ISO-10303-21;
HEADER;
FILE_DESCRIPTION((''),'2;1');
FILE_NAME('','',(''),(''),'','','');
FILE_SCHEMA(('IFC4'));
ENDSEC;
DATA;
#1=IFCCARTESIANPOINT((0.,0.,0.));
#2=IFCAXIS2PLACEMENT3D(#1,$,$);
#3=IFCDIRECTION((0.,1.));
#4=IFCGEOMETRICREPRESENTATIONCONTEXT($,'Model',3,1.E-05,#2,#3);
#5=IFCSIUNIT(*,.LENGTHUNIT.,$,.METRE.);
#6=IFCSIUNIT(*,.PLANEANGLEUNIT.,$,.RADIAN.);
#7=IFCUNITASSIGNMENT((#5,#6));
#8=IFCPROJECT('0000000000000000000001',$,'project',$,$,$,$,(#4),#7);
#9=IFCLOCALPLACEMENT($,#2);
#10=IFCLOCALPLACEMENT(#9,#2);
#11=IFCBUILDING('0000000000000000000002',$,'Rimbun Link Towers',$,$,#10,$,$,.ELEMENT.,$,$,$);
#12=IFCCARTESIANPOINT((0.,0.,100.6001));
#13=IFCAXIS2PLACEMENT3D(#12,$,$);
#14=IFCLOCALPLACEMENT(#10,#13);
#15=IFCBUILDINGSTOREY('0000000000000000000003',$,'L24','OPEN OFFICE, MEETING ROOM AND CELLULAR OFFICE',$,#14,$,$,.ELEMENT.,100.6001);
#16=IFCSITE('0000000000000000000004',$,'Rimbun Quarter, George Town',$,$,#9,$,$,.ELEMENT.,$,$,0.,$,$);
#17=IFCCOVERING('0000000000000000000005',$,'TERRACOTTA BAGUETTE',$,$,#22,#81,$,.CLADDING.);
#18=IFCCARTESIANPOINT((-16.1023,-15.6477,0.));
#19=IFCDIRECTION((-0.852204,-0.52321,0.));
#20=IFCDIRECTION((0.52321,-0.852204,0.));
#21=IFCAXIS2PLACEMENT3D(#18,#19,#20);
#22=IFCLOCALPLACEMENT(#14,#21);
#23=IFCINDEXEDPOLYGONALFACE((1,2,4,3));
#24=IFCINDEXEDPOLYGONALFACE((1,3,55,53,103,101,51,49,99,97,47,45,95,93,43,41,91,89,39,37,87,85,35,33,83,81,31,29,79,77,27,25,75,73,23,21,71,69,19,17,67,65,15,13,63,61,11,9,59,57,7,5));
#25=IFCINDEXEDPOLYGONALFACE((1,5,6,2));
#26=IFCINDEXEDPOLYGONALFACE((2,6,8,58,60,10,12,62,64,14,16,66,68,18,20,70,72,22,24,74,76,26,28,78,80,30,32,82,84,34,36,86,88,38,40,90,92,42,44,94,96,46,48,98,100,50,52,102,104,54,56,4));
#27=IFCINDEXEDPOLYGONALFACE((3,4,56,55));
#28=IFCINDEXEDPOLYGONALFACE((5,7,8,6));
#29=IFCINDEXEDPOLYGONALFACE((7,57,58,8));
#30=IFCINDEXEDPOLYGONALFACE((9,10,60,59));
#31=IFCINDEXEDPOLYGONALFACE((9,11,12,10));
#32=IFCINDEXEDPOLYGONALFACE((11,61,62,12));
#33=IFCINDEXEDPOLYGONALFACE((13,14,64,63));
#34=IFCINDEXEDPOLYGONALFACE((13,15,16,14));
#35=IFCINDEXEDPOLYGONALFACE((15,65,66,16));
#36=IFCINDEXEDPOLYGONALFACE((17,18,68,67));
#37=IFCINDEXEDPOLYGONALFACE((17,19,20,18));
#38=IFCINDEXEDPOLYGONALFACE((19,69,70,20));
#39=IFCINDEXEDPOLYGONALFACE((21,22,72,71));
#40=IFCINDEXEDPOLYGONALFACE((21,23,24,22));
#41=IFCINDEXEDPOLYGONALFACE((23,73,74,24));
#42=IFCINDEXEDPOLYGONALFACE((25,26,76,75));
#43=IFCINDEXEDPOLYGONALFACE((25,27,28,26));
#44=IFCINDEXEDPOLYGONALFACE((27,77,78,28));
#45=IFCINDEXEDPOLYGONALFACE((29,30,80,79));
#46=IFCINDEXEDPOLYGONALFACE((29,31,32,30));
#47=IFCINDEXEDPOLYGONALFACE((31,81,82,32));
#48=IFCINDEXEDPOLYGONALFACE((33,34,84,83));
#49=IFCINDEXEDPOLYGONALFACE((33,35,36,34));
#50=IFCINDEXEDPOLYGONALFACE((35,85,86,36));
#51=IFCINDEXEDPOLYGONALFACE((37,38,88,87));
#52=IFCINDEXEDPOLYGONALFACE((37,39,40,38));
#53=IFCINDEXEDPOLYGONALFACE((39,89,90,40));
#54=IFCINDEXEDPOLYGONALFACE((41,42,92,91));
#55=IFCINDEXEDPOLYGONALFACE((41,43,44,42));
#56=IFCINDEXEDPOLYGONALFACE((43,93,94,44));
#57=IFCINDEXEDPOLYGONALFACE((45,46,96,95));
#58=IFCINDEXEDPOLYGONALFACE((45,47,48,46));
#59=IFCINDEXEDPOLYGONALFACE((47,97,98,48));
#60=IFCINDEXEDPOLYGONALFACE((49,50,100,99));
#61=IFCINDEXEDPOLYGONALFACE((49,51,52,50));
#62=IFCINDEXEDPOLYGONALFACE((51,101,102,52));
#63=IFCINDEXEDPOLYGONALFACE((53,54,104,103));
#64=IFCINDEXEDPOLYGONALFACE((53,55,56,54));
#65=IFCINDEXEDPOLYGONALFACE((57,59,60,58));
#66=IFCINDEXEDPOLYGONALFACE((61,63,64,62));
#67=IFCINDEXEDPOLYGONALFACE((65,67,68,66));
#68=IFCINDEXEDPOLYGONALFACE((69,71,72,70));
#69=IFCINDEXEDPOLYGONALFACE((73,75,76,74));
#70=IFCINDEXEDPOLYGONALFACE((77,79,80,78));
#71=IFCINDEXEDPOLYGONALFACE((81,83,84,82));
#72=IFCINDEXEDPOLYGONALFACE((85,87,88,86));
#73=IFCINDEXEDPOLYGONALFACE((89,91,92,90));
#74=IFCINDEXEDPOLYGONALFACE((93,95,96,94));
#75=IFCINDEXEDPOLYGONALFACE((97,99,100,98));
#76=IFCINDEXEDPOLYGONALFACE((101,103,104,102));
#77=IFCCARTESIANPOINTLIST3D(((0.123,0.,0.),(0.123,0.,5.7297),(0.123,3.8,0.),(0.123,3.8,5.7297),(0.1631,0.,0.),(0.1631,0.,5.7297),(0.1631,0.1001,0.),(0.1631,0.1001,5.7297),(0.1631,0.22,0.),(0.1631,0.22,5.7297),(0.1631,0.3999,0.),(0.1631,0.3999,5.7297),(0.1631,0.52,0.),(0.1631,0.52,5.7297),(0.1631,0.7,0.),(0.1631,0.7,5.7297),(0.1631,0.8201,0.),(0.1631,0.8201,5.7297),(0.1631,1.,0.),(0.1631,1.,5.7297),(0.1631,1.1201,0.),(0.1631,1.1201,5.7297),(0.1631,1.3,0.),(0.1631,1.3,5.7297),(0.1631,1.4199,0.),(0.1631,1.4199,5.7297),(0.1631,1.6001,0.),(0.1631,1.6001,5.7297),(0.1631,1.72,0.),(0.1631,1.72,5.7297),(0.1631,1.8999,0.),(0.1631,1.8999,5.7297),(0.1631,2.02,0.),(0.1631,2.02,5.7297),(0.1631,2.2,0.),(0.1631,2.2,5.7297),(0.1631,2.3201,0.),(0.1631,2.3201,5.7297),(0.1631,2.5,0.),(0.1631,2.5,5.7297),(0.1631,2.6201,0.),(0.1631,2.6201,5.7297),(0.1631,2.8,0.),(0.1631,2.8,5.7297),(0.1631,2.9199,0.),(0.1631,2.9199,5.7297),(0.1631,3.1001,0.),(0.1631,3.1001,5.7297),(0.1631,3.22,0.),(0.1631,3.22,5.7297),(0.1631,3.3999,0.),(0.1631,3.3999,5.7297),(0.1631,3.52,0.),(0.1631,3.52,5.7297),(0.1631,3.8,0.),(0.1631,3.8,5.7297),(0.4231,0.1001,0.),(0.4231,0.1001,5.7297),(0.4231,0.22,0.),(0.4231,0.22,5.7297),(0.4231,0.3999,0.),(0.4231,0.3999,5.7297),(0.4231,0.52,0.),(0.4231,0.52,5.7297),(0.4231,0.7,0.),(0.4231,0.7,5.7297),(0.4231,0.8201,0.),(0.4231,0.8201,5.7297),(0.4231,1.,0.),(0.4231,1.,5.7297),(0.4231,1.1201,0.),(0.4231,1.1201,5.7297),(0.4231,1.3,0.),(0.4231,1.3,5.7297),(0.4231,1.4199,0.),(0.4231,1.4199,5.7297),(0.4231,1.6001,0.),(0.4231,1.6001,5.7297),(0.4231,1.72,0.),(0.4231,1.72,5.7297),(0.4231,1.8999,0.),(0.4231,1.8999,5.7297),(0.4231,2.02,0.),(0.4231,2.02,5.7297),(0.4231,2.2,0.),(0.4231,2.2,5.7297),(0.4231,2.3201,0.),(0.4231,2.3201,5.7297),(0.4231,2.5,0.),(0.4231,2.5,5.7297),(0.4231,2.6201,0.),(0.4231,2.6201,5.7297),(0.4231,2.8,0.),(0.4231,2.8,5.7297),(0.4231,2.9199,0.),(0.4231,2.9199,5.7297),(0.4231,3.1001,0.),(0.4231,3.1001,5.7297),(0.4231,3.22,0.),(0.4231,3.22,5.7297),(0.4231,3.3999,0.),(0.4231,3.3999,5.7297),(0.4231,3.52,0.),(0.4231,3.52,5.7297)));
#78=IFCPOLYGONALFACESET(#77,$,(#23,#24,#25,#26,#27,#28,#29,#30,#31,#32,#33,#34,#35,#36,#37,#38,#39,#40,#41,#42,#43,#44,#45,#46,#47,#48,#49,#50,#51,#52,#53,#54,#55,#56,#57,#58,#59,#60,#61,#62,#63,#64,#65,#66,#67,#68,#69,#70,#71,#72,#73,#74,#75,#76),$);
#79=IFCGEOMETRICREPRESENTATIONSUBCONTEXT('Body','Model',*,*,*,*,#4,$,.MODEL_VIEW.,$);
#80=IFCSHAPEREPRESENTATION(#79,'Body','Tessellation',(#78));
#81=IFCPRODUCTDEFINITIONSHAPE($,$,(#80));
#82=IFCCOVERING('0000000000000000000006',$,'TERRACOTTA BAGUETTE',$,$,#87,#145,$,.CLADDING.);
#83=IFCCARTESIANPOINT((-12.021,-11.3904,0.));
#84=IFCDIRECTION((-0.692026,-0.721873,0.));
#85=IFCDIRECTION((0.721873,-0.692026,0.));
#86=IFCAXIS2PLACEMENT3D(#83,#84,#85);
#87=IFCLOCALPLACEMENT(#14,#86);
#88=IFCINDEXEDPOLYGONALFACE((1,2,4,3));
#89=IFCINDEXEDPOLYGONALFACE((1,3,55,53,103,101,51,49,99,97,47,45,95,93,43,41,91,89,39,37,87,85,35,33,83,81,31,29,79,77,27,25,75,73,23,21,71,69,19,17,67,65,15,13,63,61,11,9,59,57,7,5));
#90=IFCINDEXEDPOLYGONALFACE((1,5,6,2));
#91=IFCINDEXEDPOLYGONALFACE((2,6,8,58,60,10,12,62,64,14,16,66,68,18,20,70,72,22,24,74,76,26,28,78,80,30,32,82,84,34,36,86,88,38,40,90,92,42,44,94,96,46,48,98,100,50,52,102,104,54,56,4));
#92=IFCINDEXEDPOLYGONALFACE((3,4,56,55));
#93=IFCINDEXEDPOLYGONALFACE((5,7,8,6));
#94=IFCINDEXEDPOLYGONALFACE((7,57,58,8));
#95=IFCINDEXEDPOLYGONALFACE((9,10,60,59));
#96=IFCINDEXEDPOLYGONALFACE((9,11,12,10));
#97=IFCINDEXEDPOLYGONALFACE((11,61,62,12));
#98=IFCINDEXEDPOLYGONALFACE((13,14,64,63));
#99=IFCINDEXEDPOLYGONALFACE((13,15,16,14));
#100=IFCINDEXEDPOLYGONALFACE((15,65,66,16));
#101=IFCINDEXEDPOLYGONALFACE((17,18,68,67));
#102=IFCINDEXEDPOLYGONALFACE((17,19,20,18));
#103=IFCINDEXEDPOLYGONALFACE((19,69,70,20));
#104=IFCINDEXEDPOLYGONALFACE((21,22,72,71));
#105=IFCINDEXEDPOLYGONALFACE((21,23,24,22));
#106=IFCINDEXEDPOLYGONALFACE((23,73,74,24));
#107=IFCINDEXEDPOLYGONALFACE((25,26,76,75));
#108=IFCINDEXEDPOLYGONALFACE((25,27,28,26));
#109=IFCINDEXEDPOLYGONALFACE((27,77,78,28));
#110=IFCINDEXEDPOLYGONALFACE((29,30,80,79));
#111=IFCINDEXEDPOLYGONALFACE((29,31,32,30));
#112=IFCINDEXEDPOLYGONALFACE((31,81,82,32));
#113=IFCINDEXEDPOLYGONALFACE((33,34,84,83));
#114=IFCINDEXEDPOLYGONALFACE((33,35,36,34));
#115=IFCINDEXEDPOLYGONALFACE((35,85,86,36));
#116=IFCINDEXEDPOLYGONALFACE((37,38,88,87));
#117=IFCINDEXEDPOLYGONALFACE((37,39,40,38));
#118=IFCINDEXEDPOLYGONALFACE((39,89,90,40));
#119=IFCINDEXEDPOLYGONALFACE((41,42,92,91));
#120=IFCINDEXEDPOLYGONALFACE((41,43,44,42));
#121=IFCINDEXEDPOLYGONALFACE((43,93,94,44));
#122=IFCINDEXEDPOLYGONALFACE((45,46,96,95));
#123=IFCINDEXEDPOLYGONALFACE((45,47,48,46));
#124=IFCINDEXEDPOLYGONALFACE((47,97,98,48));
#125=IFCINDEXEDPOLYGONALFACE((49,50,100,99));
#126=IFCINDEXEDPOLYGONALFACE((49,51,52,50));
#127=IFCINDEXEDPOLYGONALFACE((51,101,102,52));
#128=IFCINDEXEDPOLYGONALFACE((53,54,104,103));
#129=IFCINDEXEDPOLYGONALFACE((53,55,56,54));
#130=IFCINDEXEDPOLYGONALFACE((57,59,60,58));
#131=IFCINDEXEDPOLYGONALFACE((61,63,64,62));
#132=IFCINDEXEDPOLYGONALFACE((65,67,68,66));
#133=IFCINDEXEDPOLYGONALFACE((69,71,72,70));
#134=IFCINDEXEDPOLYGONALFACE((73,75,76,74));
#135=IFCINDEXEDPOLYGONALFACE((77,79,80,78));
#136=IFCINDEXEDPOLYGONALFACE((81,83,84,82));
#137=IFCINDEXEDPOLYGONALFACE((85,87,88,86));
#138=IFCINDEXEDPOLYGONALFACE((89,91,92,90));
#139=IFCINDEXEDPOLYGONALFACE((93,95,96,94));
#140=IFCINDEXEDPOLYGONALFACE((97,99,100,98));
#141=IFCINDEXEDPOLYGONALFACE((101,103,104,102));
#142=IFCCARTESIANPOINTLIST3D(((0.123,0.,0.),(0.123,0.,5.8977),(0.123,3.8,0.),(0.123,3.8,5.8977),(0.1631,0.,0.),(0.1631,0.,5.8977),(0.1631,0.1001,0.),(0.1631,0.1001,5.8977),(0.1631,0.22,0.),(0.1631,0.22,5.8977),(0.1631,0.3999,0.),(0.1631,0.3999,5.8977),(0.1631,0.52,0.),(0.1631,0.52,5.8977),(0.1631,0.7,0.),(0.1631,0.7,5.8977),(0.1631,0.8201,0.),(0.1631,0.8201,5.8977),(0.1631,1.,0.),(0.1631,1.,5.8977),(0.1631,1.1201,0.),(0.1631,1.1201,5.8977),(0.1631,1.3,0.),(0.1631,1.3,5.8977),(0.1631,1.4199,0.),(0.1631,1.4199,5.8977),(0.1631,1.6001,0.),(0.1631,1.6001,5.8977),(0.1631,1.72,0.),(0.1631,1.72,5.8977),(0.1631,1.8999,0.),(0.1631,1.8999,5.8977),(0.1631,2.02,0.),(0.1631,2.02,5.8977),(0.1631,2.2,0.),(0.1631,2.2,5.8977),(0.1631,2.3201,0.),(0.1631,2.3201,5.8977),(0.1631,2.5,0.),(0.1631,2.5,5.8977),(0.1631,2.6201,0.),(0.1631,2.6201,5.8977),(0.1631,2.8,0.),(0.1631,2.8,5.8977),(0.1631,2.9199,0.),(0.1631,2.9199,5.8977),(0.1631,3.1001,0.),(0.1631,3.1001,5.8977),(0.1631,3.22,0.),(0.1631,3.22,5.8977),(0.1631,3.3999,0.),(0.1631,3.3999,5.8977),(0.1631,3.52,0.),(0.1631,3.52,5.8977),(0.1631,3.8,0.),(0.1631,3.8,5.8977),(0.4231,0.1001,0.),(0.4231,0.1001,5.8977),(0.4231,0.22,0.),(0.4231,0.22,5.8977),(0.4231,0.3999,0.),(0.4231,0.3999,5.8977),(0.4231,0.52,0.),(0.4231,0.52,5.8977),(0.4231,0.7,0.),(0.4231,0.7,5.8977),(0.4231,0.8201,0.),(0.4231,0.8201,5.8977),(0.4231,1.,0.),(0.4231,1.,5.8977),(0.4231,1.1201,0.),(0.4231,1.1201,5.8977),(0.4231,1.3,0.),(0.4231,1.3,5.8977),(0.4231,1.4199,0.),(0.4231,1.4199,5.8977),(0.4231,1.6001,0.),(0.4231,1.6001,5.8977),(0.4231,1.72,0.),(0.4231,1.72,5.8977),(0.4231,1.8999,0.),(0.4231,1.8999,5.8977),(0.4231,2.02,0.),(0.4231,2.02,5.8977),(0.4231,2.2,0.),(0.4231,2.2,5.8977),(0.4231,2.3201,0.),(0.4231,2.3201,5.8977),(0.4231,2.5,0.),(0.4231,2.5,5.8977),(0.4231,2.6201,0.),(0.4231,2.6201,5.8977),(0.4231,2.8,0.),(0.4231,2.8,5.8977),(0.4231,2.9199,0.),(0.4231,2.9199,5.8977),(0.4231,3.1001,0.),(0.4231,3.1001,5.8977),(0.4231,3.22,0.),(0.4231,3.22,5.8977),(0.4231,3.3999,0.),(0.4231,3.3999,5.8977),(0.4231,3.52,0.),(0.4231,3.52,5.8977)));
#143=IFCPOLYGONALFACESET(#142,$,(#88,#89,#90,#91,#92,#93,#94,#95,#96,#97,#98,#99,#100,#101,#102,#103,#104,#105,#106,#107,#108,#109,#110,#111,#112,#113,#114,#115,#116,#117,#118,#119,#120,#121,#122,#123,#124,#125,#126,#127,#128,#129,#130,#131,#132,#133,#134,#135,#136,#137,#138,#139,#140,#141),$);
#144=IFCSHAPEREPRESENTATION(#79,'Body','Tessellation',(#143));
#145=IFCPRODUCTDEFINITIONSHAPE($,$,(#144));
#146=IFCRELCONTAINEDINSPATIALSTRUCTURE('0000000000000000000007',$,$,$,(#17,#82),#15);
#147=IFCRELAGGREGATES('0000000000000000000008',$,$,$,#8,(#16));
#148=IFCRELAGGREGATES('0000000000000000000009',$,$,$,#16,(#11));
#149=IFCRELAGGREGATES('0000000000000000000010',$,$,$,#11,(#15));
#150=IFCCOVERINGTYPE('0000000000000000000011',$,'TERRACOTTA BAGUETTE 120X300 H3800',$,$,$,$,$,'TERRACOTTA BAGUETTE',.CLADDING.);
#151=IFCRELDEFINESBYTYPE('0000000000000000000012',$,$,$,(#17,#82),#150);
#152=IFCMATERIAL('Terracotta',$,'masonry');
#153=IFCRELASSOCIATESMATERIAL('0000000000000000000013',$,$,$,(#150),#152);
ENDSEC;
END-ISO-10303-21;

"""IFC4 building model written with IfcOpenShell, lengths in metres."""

from ifc_helpers import new_model, si_unit, direction, frame, origin, place, context, subcontext, project, spatial, polyline, outline, extrude, material, material_profile, profile_set, type_object, element, save


model = new_model("IFC4")

# Units and contexts
model_context = context("Model", 3, precision=1e-05, world=origin(), true_north=direction((0.0, 1.0)))
body_context = subcontext(model_context, "Body", "Model", "MODEL_VIEW")
ifc_project = project(units=[si_unit("LENGTHUNIT", "METRE"), si_unit("PLANEANGLEUNIT", "RADIAN")], contexts=[model_context])

# Site, building, storey
site_placement = place(None, origin())
site = spatial("IfcSite", under=ifc_project, at=site_placement, Name="Rimbun Quarter, George Town", CompositionType="ELEMENT", RefElevation=0.0)
building_placement = place(site_placement, origin())
building = spatial("IfcBuilding", under=site, at=building_placement, Name="Rimbun Link Towers", CompositionType="ELEMENT")
storey_placement = place(building_placement, frame((0.0, 0.0, 100.6001)))
storey = spatial("IfcBuildingStorey", under=building, at=storey_placement, Name="L24", Description="OPEN OFFICE, MEETING ROOM AND CELLULAR OFFICE", CompositionType="ELEMENT", Elevation=100.6001)

# Coverings
ifc_material_1 = material(Name="Terracotta", Category="masonry")
ifc_material_profile_1 = material_profile(ifc_material_1, outline(polyline([(0.123, 0.0), (0.1631, 0.0), (0.1631, 0.1001), (0.4231, 0.1001), (0.4231, 0.22), (0.1631, 0.22), (0.1631, 0.3999), (0.4231, 0.3999), (0.4231, 0.52), (0.1631, 0.52), (0.1631, 0.7), (0.4231, 0.7), (0.4231, 0.8201), (0.1631, 0.8201), (0.1631, 1.0), (0.4231, 1.0), (0.4231, 1.1201), (0.1631, 1.1201), (0.1631, 1.3), (0.4231, 1.3), (0.4231, 1.4199), (0.1631, 1.4199), (0.1631, 1.6001), (0.4231, 1.6001), (0.4231, 1.72), (0.1631, 1.72), (0.1631, 1.8999), (0.4231, 1.8999), (0.4231, 2.02), (0.1631, 2.02), (0.1631, 2.2), (0.4231, 2.2), (0.4231, 2.3201), (0.1631, 2.3201), (0.1631, 2.5), (0.4231, 2.5), (0.4231, 2.6201), (0.1631, 2.6201), (0.1631, 2.8), (0.4231, 2.8), (0.4231, 2.9199), (0.1631, 2.9199), (0.1631, 3.1001), (0.4231, 3.1001), (0.4231, 3.22), (0.1631, 3.22), (0.1631, 3.3999), (0.4231, 3.3999), (0.4231, 3.52), (0.1631, 3.52), (0.1631, 3.8), (0.123, 3.8), (0.123, 0.0)])), Name="BAGUETTE 120X300")
ifc_profile_set_1 = profile_set([ifc_material_profile_1], Name="Terracotta")
covering_type = type_object("IfcCoveringType", Name="TERRACOTTA BAGUETTE 120X300 H3800", ElementType="TERRACOTTA BAGUETTE", PredefinedType="CLADDING", material=ifc_profile_set_1)
covering_1_placement = place(storey_placement, frame((-16.1023, -15.6477, 0.0), z_axis=(-0.852204, -0.52321, 0.0), x_axis=(0.52321, -0.852204, 0.0)))
element("IfcCovering", 1, at=covering_1_placement, inside=storey, type_object=covering_type, Name="TERRACOTTA BAGUETTE", PredefinedType="CLADDING", context=body_context, shape_type="SweptSolid", body=[
    extrude(outline(polyline([(0.123, 0.0), (0.1631, 0.0), (0.1631, 0.1001), (0.4231, 0.1001), (0.4231, 0.22), (0.1631, 0.22), (0.1631, 0.3999), (0.4231, 0.3999), (0.4231, 0.52), (0.1631, 0.52), (0.1631, 0.7), (0.4231, 0.7), (0.4231, 0.8201), (0.1631, 0.8201), (0.1631, 1.0), (0.4231, 1.0), (0.4231, 1.1201), (0.1631, 1.1201), (0.1631, 1.3), (0.4231, 1.3), (0.4231, 1.4199), (0.1631, 1.4199), (0.1631, 1.6001), (0.4231, 1.6001), (0.4231, 1.72), (0.1631, 1.72), (0.1631, 1.8999), (0.4231, 1.8999), (0.4231, 2.02), (0.1631, 2.02), (0.1631, 2.2), (0.4231, 2.2), (0.4231, 2.3201), (0.1631, 2.3201), (0.1631, 2.5), (0.4231, 2.5), (0.4231, 2.6201), (0.1631, 2.6201), (0.1631, 2.8), (0.4231, 2.8), (0.4231, 2.9199), (0.1631, 2.9199), (0.1631, 3.1001), (0.4231, 3.1001), (0.4231, 3.22), (0.1631, 3.22), (0.1631, 3.3999), (0.4231, 3.3999), (0.4231, 3.52), (0.1631, 3.52), (0.1631, 3.8), (0.123, 3.8), (0.123, 0.0)])), origin(), (0.0, 0.0, 1.0), 5.7297),
])
covering_2_placement = place(storey_placement, frame((-12.021, -11.3904, 0.0), z_axis=(-0.692026, -0.721873, 0.0), x_axis=(0.721873, -0.692026, 0.0)))
element("IfcCovering", 2, at=covering_2_placement, inside=storey, type_object=covering_type, Name="TERRACOTTA BAGUETTE", PredefinedType="CLADDING", context=body_context, shape_type="SweptSolid", body=[
    extrude(outline(polyline([(0.123, 0.0), (0.1631, 0.0), (0.1631, 0.1001), (0.4231, 0.1001), (0.4231, 0.22), (0.1631, 0.22), (0.1631, 0.3999), (0.4231, 0.3999), (0.4231, 0.52), (0.1631, 0.52), (0.1631, 0.7), (0.4231, 0.7), (0.4231, 0.8201), (0.1631, 0.8201), (0.1631, 1.0), (0.4231, 1.0), (0.4231, 1.1201), (0.1631, 1.1201), (0.1631, 1.3), (0.4231, 1.3), (0.4231, 1.4199), (0.1631, 1.4199), (0.1631, 1.6001), (0.4231, 1.6001), (0.4231, 1.72), (0.1631, 1.72), (0.1631, 1.8999), (0.4231, 1.8999), (0.4231, 2.02), (0.1631, 2.02), (0.1631, 2.2), (0.4231, 2.2), (0.4231, 2.3201), (0.1631, 2.3201), (0.1631, 2.5), (0.4231, 2.5), (0.4231, 2.6201), (0.1631, 2.6201), (0.1631, 2.8), (0.4231, 2.8), (0.4231, 2.9199), (0.1631, 2.9199), (0.1631, 3.1001), (0.4231, 3.1001), (0.4231, 3.22), (0.1631, 3.22), (0.1631, 3.3999), (0.4231, 3.3999), (0.4231, 3.52), (0.1631, 3.52), (0.1631, 3.8), (0.123, 3.8), (0.123, 0.0)])), origin(), (0.0, 0.0, 1.0), 5.8977),
])

save(model, "model.ifc")
